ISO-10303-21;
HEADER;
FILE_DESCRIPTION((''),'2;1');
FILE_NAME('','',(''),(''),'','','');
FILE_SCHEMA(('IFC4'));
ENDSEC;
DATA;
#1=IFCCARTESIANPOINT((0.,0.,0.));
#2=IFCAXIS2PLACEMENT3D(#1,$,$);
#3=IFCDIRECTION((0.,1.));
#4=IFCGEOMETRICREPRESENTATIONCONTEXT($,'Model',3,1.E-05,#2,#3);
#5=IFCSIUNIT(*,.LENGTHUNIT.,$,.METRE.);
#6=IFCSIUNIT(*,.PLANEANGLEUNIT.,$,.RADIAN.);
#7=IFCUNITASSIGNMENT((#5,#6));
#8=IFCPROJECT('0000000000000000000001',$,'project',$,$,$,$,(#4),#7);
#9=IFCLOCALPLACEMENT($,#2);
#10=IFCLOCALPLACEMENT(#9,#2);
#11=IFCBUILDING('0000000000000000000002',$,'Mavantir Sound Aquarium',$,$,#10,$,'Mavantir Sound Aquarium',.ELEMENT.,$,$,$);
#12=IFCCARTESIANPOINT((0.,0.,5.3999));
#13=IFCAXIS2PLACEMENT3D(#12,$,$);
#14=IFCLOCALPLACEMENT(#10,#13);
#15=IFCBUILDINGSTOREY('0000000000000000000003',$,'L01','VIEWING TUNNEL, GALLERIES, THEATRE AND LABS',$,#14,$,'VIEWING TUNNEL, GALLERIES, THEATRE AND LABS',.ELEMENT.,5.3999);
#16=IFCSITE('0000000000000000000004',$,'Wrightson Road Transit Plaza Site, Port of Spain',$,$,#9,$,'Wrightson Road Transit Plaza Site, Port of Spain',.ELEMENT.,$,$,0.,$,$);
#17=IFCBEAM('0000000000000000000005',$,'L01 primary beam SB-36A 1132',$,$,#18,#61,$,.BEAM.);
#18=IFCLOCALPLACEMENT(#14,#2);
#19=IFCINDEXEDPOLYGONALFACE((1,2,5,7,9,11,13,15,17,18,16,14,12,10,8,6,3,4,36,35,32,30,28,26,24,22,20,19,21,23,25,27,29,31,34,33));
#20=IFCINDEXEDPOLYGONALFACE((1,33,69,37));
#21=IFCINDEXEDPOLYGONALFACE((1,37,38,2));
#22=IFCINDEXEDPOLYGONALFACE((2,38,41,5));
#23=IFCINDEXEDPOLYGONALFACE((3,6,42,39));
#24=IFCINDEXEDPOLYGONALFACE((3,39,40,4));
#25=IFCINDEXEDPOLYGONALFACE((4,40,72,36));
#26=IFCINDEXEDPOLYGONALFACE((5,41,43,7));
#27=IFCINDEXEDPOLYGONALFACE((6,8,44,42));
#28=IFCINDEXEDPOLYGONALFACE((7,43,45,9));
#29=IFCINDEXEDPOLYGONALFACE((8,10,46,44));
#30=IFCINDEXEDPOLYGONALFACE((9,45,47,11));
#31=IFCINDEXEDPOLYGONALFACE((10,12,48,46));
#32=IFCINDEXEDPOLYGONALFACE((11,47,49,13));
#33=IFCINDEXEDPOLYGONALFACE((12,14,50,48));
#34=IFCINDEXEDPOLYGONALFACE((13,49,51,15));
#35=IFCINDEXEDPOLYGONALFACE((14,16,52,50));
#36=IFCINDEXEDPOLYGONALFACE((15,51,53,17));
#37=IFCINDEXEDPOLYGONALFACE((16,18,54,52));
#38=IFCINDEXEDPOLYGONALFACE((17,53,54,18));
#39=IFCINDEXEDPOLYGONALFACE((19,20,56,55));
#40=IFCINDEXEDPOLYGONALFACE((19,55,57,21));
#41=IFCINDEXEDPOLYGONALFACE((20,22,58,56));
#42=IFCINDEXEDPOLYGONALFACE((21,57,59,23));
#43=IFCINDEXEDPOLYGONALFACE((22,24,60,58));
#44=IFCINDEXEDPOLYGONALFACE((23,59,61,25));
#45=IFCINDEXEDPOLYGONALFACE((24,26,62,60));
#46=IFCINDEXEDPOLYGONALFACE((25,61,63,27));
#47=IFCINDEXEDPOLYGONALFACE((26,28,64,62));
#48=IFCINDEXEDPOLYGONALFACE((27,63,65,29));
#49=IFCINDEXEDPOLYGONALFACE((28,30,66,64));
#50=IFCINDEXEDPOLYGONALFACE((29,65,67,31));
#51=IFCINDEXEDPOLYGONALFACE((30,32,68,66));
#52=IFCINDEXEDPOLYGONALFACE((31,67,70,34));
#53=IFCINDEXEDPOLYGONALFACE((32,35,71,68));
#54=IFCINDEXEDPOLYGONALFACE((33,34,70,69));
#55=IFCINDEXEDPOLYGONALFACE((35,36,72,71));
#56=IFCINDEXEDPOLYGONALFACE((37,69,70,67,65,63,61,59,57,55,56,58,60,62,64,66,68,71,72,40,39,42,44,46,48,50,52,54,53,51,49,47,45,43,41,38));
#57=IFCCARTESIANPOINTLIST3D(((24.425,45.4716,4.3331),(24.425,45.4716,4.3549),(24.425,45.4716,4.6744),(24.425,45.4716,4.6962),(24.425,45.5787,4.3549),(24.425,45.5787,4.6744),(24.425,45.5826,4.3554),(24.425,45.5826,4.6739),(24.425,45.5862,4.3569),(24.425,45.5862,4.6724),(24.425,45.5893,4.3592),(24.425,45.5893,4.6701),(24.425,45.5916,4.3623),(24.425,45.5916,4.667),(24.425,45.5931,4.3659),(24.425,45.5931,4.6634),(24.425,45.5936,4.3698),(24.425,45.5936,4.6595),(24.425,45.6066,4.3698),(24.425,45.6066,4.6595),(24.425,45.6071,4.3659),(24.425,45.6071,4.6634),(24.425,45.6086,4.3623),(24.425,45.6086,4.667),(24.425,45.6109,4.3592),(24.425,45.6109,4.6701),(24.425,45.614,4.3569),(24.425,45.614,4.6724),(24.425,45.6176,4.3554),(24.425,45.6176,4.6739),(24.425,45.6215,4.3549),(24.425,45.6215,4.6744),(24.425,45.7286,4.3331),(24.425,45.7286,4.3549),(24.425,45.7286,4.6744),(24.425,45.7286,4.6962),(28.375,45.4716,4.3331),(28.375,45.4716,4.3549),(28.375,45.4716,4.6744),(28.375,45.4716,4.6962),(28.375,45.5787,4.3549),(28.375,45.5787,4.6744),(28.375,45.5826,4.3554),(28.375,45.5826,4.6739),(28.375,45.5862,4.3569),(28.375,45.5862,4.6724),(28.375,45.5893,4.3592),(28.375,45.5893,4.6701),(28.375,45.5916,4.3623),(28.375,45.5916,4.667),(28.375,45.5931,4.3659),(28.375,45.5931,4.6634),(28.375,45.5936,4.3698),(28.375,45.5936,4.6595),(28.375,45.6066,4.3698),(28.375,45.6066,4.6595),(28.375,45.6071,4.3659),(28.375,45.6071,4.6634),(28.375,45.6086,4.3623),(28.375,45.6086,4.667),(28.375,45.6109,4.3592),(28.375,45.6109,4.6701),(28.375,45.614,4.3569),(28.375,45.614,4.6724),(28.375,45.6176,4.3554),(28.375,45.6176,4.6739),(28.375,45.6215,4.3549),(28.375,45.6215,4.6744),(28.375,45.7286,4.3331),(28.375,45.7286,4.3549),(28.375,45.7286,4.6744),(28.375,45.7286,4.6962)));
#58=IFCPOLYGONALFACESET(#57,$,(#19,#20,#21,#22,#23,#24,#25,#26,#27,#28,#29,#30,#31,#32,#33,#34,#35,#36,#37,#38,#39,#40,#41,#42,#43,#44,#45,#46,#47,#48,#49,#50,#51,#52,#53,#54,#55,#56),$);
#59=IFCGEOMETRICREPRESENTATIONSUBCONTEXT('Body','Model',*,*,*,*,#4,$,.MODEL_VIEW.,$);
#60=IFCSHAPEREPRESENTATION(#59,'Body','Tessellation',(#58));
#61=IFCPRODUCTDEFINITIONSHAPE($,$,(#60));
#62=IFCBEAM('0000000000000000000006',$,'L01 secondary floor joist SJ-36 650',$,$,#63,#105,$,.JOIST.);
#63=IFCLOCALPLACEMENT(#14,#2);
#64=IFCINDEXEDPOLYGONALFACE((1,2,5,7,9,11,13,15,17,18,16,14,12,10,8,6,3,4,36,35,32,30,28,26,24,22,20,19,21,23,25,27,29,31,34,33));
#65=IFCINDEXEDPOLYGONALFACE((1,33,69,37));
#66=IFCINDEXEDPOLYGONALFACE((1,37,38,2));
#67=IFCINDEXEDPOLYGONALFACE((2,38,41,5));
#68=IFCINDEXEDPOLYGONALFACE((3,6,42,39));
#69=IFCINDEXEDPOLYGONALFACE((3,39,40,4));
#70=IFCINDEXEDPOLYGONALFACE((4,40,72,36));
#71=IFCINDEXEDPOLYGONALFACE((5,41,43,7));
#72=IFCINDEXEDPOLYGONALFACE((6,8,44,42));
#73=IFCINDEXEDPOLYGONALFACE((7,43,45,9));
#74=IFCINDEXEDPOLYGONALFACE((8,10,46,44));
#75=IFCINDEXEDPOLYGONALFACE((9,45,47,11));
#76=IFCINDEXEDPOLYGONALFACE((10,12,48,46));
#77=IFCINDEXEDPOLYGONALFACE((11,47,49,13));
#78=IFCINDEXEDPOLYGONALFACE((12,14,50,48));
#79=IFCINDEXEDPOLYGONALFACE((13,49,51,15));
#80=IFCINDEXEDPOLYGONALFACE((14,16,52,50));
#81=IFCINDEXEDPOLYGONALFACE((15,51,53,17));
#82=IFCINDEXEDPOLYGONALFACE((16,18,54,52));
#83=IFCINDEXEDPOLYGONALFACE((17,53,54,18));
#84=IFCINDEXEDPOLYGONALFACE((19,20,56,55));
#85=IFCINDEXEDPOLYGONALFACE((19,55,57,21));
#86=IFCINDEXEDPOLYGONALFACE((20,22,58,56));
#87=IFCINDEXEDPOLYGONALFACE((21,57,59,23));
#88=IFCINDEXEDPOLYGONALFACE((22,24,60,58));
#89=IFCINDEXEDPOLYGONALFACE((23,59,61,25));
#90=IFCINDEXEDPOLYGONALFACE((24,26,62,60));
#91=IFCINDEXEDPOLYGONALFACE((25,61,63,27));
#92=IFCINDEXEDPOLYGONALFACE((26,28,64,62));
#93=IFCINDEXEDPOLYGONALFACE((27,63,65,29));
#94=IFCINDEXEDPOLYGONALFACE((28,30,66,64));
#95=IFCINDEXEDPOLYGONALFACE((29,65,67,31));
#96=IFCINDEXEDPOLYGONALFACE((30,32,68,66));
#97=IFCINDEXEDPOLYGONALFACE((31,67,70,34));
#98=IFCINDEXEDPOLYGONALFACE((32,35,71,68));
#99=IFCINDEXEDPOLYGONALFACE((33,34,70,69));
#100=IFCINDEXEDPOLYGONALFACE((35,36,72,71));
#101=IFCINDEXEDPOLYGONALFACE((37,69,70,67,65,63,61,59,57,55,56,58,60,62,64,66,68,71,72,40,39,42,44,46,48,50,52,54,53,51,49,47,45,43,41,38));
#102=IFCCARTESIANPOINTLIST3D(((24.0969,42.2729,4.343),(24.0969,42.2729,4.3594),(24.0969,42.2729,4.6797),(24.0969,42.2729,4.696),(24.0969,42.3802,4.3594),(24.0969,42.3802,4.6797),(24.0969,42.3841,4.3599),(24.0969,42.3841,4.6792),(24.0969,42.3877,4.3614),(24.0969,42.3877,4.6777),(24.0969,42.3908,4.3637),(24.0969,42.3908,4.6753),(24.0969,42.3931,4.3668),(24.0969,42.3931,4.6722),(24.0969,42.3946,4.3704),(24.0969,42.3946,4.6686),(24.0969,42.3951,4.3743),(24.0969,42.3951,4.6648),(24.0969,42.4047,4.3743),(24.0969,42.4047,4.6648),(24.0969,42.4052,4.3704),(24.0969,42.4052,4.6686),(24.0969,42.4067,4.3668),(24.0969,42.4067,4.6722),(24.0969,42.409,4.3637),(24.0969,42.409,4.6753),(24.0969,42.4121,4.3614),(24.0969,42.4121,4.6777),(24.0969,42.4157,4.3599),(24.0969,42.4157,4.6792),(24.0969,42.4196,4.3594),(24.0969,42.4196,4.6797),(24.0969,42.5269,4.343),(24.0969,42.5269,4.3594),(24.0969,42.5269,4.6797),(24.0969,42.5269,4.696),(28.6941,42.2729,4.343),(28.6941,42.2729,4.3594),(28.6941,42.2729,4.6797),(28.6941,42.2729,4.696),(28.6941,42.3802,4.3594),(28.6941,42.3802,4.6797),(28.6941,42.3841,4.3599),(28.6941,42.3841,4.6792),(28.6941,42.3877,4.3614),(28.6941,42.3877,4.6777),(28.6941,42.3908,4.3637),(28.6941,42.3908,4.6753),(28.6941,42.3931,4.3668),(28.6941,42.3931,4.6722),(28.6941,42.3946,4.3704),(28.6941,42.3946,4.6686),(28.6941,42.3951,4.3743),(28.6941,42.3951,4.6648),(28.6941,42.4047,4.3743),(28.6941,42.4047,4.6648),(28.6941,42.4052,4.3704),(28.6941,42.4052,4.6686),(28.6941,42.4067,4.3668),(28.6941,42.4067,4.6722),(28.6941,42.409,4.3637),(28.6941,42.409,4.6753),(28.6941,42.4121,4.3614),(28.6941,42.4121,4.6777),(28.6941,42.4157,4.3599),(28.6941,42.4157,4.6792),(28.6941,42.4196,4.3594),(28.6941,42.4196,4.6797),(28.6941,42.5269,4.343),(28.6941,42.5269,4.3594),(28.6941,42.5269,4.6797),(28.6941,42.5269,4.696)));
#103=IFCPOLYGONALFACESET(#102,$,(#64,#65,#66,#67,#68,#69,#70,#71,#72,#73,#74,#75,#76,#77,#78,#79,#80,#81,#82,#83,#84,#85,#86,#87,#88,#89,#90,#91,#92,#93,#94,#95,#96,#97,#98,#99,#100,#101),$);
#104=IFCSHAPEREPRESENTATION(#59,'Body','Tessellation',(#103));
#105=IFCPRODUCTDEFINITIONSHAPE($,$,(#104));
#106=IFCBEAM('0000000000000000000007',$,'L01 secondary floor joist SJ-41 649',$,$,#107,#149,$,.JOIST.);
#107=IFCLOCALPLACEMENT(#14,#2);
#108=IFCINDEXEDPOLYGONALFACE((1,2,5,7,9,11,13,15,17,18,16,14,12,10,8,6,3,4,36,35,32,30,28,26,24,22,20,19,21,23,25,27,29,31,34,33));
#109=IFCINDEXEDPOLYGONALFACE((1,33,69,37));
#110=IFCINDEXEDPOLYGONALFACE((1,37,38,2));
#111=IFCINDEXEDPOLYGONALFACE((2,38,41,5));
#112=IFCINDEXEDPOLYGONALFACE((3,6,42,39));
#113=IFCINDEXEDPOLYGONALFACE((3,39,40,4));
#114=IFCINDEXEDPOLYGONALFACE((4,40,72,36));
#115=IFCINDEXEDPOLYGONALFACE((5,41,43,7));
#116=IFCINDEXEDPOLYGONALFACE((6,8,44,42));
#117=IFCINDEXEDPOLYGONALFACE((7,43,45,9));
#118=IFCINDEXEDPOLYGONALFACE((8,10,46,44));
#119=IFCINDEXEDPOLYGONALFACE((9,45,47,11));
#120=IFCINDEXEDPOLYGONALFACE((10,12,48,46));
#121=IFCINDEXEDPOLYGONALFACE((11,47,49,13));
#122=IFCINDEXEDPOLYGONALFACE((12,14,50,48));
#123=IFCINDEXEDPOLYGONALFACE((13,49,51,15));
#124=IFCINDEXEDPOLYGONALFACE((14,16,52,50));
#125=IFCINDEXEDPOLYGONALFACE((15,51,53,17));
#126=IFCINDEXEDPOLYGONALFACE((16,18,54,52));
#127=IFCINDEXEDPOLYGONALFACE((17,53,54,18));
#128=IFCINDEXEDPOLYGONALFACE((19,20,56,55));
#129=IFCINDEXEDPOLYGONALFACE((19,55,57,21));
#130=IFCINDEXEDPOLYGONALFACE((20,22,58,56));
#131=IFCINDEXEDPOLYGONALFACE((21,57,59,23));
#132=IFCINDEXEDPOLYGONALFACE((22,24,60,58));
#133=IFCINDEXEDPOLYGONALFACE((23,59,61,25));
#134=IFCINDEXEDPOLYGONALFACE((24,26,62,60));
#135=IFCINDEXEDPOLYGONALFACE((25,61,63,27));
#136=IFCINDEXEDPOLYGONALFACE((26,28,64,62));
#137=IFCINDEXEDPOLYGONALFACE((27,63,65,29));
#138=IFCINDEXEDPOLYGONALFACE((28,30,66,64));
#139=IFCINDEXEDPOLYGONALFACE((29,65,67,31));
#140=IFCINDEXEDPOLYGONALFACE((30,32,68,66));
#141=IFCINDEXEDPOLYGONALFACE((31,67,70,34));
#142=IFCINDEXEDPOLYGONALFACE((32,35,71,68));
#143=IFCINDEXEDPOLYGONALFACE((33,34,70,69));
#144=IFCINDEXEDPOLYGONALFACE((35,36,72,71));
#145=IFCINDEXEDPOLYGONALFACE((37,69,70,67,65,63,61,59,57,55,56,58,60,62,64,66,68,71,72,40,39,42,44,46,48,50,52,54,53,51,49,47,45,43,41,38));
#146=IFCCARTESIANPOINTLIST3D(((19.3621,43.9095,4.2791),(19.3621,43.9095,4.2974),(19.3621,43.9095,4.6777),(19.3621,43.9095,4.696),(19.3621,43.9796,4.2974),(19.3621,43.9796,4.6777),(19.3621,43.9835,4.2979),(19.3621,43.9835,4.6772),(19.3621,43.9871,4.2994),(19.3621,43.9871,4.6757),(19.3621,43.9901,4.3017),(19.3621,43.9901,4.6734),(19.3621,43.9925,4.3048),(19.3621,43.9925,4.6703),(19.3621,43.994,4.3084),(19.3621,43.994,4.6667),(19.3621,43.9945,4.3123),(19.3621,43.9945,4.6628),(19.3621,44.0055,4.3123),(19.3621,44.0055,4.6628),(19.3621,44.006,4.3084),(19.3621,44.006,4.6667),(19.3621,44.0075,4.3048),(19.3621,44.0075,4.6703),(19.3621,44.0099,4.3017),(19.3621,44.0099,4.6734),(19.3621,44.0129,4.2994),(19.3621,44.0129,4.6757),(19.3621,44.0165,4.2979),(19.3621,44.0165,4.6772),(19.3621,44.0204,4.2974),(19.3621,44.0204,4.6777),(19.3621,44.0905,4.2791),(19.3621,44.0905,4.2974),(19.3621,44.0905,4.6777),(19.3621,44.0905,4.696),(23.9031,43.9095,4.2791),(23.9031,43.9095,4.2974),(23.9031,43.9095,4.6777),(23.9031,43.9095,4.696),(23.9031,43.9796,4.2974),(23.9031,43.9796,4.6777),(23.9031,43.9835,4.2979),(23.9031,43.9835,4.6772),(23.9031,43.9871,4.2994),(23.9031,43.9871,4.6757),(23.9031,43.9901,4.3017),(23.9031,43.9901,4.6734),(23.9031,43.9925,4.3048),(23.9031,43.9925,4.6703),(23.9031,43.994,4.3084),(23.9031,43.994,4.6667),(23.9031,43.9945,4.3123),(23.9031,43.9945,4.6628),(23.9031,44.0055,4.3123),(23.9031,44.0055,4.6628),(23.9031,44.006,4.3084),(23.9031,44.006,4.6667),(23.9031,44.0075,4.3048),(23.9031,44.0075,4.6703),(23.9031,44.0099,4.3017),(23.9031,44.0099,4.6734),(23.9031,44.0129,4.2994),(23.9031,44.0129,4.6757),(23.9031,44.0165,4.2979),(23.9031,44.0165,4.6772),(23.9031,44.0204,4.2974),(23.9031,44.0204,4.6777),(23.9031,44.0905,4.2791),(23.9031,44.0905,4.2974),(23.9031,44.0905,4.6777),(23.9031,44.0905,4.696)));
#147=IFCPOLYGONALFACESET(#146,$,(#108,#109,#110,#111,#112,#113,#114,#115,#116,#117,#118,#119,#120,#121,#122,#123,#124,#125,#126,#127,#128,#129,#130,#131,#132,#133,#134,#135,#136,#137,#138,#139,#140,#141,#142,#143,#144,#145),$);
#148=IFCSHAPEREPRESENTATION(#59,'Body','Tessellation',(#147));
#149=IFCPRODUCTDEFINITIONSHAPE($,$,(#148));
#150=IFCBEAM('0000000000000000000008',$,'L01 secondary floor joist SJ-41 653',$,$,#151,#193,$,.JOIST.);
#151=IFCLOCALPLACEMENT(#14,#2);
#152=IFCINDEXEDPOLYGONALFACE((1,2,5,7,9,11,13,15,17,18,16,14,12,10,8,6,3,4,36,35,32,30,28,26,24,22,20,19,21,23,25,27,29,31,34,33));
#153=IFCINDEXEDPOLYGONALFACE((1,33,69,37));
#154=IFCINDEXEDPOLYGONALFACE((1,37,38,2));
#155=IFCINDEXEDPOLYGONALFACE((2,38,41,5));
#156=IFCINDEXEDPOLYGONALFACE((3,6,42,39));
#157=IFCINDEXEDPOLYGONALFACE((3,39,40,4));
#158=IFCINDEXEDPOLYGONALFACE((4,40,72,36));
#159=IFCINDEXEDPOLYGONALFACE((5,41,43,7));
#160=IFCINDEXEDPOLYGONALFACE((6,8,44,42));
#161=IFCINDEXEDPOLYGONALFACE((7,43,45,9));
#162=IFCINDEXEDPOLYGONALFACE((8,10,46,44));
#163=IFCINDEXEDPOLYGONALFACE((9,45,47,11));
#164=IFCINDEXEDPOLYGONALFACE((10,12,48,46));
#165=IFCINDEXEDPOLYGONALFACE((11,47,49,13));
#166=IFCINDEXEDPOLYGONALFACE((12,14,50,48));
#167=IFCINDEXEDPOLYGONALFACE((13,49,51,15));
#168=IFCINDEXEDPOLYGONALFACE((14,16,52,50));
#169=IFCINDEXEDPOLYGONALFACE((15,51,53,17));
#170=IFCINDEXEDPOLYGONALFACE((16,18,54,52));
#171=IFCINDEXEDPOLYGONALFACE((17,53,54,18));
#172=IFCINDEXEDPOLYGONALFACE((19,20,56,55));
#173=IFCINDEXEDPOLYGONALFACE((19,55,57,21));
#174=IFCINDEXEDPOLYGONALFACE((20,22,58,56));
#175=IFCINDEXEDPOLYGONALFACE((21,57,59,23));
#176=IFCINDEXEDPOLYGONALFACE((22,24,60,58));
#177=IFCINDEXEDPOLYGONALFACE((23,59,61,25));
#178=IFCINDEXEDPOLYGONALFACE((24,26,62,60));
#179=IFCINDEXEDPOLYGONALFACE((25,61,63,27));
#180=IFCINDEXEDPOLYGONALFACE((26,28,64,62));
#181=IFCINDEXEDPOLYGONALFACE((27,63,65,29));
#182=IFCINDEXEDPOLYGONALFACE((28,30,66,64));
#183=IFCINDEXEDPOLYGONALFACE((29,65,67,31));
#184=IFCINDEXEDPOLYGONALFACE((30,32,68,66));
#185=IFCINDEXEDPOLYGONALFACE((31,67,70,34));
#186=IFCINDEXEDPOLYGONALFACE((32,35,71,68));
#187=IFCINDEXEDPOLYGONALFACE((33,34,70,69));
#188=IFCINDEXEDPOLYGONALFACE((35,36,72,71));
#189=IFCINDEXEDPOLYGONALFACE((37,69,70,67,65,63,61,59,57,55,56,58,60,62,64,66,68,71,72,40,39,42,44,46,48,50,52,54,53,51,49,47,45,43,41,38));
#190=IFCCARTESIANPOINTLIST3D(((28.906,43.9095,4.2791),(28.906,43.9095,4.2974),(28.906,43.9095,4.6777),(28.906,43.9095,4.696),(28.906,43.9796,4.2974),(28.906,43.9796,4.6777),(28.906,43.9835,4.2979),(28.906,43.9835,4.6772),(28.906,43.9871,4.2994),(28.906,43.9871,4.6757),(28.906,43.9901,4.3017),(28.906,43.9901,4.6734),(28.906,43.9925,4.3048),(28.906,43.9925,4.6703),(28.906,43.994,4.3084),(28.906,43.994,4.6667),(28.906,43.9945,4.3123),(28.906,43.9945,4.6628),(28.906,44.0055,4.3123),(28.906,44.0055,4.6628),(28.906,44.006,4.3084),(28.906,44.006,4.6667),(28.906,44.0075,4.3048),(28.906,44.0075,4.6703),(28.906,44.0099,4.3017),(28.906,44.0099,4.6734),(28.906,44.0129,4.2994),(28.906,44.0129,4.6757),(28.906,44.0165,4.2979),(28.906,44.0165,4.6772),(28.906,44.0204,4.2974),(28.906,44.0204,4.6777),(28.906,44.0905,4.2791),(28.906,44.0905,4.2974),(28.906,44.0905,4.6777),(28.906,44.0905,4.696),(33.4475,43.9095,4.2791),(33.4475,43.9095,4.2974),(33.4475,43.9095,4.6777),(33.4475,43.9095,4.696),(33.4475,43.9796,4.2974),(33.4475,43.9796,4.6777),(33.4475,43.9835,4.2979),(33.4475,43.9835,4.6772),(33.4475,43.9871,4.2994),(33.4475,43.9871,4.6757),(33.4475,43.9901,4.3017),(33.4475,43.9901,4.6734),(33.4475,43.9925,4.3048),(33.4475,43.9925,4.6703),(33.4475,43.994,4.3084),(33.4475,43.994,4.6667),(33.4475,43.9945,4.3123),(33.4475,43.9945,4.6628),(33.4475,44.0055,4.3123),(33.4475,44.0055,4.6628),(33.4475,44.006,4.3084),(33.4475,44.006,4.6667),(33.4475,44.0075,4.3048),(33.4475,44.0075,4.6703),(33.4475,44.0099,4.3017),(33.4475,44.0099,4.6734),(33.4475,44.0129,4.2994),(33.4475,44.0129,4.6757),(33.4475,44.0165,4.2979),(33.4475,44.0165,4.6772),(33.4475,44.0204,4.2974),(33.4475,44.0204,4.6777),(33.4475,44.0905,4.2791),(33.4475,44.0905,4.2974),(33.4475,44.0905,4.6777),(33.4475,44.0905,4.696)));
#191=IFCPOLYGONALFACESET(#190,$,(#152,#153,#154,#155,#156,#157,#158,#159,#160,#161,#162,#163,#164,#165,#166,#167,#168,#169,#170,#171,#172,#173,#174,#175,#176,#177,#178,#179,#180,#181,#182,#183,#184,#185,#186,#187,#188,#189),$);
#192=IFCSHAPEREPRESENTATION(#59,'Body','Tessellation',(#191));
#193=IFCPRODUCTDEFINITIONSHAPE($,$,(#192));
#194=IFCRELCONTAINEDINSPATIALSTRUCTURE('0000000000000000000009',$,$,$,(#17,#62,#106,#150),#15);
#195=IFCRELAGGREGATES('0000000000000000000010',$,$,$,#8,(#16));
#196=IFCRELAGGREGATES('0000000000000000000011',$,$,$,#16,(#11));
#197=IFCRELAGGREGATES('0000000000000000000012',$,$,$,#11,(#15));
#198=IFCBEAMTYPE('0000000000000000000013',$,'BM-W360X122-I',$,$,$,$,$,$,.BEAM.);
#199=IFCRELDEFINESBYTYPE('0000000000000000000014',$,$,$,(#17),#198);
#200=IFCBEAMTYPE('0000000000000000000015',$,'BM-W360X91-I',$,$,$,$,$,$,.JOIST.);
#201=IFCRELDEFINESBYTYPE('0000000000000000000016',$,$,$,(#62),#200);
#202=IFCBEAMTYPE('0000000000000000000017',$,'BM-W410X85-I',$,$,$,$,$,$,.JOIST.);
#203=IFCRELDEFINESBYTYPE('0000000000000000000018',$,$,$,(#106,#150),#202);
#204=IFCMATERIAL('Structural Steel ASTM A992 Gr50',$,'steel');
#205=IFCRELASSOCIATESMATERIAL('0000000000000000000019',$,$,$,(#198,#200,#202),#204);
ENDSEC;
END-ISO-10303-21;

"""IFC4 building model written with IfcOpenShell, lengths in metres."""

from ifc_helpers import new_model, si_unit, direction, frame, origin, origin_2d, place, context, subcontext, project, spatial, i_section, extrude, material, material_profile, profile_set, type_object, element, save


model = new_model("IFC4")

# Units and contexts
model_context = context("Model", 3, precision=1e-05, world=origin(), true_north=direction((0.0, 1.0)))
body_context = subcontext(model_context, "Body", "Model", "MODEL_VIEW")
ifc_project = project(units=[si_unit("LENGTHUNIT", "METRE"), si_unit("PLANEANGLEUNIT", "RADIAN")], contexts=[model_context])

# Site, building, storey
site_placement = place(None, origin())
site = spatial("IfcSite", under=ifc_project, at=site_placement, Name="Wrightson Road Transit Plaza Site, Port of Spain", LongName="Wrightson Road Transit Plaza Site, Port of Spain", CompositionType="ELEMENT", RefElevation=0.0)
building_placement = place(site_placement, origin())
building = spatial("IfcBuilding", under=site, at=building_placement, Name="Mavantir Sound Aquarium", LongName="Mavantir Sound Aquarium", CompositionType="ELEMENT")
storey_placement = place(building_placement, frame((0.0, 0.0, 5.3999)))
storey = spatial("IfcBuildingStorey", under=building, at=storey_placement, Name="L01", Description="VIEWING TUNNEL, GALLERIES, THEATRE AND LABS", LongName="VIEWING TUNNEL, GALLERIES, THEATRE AND LABS", CompositionType="ELEMENT", Elevation=5.3999)

# Beams
ifc_material_1 = material(Name="Structural Steel ASTM A992 Gr50", Category="steel")
ifc_material_profile_1 = material_profile(ifc_material_1, i_section(OverallWidth=0.2571, OverallDepth=0.363, WebThickness=0.0129, FlangeThickness=0.0217, FilletRadius=0.0149, at=origin_2d()), Name="W360X122")
ifc_profile_set_1 = profile_set([ifc_material_profile_1], Name="Structural Steel ASTM A992 Gr50")
beam_type_1 = type_object("IfcBeamType", Name="BM-W360X122-I", PredefinedType="BEAM", material=ifc_profile_set_1)
beam_1_placement = place(storey_placement, frame((24.425, 45.6001, 4.5146), z_axis=(1.0, 0.0, 0.0), x_axis=(0.0, 1.0, 0.0)))
element("IfcBeam", 1, at=beam_1_placement, inside=storey, type_object=beam_type_1, Name="L01 primary beam SB-36A 1132", PredefinedType="BEAM", context=body_context, shape_type="SweptSolid", body=[
    extrude(i_section(OverallWidth=0.2571, OverallDepth=0.363, WebThickness=0.0129, FlangeThickness=0.0217, FilletRadius=0.0149, at=origin_2d()), origin(), (0.0, 0.0, 1.0), 3.95),
])
ifc_material_profile_2 = material_profile(ifc_material_1, i_section(OverallWidth=0.2539, OverallDepth=0.353, WebThickness=0.0095, FlangeThickness=0.0164, FilletRadius=0.0149, at=origin_2d()), Name="W360X91")
ifc_profile_set_2 = profile_set([ifc_material_profile_2], Name="Structural Steel ASTM A992 Gr50")
beam_type_2 = type_object("IfcBeamType", Name="BM-W360X91-I", PredefinedType="JOIST", material=ifc_profile_set_2)
beam_2_placement = place(storey_placement, frame((24.0969, 42.3999, 4.5195), z_axis=(1.0, 0.0, 0.0), x_axis=(0.0, 1.0, 0.0)))
element("IfcBeam", 2, at=beam_2_placement, inside=storey, type_object=beam_type_2, Name="L01 secondary floor joist SJ-36 650", PredefinedType="JOIST", context=body_context, shape_type="SweptSolid", body=[
    extrude(i_section(OverallWidth=0.2539, OverallDepth=0.353, WebThickness=0.0095, FlangeThickness=0.0164, FilletRadius=0.0149, at=origin_2d()), origin(), (0.0, 0.0, 1.0), 4.5972),
])
ifc_material_profile_3 = material_profile(ifc_material_1, i_section(OverallWidth=0.1809, OverallDepth=0.417, WebThickness=0.011, FlangeThickness=0.0183, FilletRadius=0.0149, at=origin_2d()), Name="W410X85")
ifc_profile_set_3 = profile_set([ifc_material_profile_3], Name="Structural Steel ASTM A992 Gr50")
beam_type_3 = type_object("IfcBeamType", Name="BM-W410X85-I", PredefinedType="JOIST", material=ifc_profile_set_3)
beam_3_placement = place(storey_placement, frame((19.3621, 44.0, 4.4875), z_axis=(1.0, 0.0, 0.0), x_axis=(0.0, 1.0, 0.0)))
element("IfcBeam", 3, at=beam_3_placement, inside=storey, type_object=beam_type_3, Name="L01 secondary floor joist SJ-41 649", PredefinedType="JOIST", context=body_context, shape_type="SweptSolid", body=[
    extrude(i_section(OverallWidth=0.1809, OverallDepth=0.417, WebThickness=0.011, FlangeThickness=0.0183, FilletRadius=0.0149, at=origin_2d()), origin(), (0.0, 0.0, 1.0), 4.541),
])
beam_4_placement = place(storey_placement, frame((28.906, 44.0, 4.4875), z_axis=(1.0, 0.0, 0.0), x_axis=(0.0, 1.0, 0.0)))
element("IfcBeam", 4, at=beam_4_placement, inside=storey, type_object=beam_type_3, Name="L01 secondary floor joist SJ-41 653", PredefinedType="JOIST", context=body_context, shape_type="SweptSolid", body=[
    extrude(i_section(OverallWidth=0.1809, OverallDepth=0.417, WebThickness=0.011, FlangeThickness=0.0183, FilletRadius=0.0149, at=origin_2d()), origin(), (0.0, 0.0, 1.0), 4.5415),
])

save(model, "model.ifc")
